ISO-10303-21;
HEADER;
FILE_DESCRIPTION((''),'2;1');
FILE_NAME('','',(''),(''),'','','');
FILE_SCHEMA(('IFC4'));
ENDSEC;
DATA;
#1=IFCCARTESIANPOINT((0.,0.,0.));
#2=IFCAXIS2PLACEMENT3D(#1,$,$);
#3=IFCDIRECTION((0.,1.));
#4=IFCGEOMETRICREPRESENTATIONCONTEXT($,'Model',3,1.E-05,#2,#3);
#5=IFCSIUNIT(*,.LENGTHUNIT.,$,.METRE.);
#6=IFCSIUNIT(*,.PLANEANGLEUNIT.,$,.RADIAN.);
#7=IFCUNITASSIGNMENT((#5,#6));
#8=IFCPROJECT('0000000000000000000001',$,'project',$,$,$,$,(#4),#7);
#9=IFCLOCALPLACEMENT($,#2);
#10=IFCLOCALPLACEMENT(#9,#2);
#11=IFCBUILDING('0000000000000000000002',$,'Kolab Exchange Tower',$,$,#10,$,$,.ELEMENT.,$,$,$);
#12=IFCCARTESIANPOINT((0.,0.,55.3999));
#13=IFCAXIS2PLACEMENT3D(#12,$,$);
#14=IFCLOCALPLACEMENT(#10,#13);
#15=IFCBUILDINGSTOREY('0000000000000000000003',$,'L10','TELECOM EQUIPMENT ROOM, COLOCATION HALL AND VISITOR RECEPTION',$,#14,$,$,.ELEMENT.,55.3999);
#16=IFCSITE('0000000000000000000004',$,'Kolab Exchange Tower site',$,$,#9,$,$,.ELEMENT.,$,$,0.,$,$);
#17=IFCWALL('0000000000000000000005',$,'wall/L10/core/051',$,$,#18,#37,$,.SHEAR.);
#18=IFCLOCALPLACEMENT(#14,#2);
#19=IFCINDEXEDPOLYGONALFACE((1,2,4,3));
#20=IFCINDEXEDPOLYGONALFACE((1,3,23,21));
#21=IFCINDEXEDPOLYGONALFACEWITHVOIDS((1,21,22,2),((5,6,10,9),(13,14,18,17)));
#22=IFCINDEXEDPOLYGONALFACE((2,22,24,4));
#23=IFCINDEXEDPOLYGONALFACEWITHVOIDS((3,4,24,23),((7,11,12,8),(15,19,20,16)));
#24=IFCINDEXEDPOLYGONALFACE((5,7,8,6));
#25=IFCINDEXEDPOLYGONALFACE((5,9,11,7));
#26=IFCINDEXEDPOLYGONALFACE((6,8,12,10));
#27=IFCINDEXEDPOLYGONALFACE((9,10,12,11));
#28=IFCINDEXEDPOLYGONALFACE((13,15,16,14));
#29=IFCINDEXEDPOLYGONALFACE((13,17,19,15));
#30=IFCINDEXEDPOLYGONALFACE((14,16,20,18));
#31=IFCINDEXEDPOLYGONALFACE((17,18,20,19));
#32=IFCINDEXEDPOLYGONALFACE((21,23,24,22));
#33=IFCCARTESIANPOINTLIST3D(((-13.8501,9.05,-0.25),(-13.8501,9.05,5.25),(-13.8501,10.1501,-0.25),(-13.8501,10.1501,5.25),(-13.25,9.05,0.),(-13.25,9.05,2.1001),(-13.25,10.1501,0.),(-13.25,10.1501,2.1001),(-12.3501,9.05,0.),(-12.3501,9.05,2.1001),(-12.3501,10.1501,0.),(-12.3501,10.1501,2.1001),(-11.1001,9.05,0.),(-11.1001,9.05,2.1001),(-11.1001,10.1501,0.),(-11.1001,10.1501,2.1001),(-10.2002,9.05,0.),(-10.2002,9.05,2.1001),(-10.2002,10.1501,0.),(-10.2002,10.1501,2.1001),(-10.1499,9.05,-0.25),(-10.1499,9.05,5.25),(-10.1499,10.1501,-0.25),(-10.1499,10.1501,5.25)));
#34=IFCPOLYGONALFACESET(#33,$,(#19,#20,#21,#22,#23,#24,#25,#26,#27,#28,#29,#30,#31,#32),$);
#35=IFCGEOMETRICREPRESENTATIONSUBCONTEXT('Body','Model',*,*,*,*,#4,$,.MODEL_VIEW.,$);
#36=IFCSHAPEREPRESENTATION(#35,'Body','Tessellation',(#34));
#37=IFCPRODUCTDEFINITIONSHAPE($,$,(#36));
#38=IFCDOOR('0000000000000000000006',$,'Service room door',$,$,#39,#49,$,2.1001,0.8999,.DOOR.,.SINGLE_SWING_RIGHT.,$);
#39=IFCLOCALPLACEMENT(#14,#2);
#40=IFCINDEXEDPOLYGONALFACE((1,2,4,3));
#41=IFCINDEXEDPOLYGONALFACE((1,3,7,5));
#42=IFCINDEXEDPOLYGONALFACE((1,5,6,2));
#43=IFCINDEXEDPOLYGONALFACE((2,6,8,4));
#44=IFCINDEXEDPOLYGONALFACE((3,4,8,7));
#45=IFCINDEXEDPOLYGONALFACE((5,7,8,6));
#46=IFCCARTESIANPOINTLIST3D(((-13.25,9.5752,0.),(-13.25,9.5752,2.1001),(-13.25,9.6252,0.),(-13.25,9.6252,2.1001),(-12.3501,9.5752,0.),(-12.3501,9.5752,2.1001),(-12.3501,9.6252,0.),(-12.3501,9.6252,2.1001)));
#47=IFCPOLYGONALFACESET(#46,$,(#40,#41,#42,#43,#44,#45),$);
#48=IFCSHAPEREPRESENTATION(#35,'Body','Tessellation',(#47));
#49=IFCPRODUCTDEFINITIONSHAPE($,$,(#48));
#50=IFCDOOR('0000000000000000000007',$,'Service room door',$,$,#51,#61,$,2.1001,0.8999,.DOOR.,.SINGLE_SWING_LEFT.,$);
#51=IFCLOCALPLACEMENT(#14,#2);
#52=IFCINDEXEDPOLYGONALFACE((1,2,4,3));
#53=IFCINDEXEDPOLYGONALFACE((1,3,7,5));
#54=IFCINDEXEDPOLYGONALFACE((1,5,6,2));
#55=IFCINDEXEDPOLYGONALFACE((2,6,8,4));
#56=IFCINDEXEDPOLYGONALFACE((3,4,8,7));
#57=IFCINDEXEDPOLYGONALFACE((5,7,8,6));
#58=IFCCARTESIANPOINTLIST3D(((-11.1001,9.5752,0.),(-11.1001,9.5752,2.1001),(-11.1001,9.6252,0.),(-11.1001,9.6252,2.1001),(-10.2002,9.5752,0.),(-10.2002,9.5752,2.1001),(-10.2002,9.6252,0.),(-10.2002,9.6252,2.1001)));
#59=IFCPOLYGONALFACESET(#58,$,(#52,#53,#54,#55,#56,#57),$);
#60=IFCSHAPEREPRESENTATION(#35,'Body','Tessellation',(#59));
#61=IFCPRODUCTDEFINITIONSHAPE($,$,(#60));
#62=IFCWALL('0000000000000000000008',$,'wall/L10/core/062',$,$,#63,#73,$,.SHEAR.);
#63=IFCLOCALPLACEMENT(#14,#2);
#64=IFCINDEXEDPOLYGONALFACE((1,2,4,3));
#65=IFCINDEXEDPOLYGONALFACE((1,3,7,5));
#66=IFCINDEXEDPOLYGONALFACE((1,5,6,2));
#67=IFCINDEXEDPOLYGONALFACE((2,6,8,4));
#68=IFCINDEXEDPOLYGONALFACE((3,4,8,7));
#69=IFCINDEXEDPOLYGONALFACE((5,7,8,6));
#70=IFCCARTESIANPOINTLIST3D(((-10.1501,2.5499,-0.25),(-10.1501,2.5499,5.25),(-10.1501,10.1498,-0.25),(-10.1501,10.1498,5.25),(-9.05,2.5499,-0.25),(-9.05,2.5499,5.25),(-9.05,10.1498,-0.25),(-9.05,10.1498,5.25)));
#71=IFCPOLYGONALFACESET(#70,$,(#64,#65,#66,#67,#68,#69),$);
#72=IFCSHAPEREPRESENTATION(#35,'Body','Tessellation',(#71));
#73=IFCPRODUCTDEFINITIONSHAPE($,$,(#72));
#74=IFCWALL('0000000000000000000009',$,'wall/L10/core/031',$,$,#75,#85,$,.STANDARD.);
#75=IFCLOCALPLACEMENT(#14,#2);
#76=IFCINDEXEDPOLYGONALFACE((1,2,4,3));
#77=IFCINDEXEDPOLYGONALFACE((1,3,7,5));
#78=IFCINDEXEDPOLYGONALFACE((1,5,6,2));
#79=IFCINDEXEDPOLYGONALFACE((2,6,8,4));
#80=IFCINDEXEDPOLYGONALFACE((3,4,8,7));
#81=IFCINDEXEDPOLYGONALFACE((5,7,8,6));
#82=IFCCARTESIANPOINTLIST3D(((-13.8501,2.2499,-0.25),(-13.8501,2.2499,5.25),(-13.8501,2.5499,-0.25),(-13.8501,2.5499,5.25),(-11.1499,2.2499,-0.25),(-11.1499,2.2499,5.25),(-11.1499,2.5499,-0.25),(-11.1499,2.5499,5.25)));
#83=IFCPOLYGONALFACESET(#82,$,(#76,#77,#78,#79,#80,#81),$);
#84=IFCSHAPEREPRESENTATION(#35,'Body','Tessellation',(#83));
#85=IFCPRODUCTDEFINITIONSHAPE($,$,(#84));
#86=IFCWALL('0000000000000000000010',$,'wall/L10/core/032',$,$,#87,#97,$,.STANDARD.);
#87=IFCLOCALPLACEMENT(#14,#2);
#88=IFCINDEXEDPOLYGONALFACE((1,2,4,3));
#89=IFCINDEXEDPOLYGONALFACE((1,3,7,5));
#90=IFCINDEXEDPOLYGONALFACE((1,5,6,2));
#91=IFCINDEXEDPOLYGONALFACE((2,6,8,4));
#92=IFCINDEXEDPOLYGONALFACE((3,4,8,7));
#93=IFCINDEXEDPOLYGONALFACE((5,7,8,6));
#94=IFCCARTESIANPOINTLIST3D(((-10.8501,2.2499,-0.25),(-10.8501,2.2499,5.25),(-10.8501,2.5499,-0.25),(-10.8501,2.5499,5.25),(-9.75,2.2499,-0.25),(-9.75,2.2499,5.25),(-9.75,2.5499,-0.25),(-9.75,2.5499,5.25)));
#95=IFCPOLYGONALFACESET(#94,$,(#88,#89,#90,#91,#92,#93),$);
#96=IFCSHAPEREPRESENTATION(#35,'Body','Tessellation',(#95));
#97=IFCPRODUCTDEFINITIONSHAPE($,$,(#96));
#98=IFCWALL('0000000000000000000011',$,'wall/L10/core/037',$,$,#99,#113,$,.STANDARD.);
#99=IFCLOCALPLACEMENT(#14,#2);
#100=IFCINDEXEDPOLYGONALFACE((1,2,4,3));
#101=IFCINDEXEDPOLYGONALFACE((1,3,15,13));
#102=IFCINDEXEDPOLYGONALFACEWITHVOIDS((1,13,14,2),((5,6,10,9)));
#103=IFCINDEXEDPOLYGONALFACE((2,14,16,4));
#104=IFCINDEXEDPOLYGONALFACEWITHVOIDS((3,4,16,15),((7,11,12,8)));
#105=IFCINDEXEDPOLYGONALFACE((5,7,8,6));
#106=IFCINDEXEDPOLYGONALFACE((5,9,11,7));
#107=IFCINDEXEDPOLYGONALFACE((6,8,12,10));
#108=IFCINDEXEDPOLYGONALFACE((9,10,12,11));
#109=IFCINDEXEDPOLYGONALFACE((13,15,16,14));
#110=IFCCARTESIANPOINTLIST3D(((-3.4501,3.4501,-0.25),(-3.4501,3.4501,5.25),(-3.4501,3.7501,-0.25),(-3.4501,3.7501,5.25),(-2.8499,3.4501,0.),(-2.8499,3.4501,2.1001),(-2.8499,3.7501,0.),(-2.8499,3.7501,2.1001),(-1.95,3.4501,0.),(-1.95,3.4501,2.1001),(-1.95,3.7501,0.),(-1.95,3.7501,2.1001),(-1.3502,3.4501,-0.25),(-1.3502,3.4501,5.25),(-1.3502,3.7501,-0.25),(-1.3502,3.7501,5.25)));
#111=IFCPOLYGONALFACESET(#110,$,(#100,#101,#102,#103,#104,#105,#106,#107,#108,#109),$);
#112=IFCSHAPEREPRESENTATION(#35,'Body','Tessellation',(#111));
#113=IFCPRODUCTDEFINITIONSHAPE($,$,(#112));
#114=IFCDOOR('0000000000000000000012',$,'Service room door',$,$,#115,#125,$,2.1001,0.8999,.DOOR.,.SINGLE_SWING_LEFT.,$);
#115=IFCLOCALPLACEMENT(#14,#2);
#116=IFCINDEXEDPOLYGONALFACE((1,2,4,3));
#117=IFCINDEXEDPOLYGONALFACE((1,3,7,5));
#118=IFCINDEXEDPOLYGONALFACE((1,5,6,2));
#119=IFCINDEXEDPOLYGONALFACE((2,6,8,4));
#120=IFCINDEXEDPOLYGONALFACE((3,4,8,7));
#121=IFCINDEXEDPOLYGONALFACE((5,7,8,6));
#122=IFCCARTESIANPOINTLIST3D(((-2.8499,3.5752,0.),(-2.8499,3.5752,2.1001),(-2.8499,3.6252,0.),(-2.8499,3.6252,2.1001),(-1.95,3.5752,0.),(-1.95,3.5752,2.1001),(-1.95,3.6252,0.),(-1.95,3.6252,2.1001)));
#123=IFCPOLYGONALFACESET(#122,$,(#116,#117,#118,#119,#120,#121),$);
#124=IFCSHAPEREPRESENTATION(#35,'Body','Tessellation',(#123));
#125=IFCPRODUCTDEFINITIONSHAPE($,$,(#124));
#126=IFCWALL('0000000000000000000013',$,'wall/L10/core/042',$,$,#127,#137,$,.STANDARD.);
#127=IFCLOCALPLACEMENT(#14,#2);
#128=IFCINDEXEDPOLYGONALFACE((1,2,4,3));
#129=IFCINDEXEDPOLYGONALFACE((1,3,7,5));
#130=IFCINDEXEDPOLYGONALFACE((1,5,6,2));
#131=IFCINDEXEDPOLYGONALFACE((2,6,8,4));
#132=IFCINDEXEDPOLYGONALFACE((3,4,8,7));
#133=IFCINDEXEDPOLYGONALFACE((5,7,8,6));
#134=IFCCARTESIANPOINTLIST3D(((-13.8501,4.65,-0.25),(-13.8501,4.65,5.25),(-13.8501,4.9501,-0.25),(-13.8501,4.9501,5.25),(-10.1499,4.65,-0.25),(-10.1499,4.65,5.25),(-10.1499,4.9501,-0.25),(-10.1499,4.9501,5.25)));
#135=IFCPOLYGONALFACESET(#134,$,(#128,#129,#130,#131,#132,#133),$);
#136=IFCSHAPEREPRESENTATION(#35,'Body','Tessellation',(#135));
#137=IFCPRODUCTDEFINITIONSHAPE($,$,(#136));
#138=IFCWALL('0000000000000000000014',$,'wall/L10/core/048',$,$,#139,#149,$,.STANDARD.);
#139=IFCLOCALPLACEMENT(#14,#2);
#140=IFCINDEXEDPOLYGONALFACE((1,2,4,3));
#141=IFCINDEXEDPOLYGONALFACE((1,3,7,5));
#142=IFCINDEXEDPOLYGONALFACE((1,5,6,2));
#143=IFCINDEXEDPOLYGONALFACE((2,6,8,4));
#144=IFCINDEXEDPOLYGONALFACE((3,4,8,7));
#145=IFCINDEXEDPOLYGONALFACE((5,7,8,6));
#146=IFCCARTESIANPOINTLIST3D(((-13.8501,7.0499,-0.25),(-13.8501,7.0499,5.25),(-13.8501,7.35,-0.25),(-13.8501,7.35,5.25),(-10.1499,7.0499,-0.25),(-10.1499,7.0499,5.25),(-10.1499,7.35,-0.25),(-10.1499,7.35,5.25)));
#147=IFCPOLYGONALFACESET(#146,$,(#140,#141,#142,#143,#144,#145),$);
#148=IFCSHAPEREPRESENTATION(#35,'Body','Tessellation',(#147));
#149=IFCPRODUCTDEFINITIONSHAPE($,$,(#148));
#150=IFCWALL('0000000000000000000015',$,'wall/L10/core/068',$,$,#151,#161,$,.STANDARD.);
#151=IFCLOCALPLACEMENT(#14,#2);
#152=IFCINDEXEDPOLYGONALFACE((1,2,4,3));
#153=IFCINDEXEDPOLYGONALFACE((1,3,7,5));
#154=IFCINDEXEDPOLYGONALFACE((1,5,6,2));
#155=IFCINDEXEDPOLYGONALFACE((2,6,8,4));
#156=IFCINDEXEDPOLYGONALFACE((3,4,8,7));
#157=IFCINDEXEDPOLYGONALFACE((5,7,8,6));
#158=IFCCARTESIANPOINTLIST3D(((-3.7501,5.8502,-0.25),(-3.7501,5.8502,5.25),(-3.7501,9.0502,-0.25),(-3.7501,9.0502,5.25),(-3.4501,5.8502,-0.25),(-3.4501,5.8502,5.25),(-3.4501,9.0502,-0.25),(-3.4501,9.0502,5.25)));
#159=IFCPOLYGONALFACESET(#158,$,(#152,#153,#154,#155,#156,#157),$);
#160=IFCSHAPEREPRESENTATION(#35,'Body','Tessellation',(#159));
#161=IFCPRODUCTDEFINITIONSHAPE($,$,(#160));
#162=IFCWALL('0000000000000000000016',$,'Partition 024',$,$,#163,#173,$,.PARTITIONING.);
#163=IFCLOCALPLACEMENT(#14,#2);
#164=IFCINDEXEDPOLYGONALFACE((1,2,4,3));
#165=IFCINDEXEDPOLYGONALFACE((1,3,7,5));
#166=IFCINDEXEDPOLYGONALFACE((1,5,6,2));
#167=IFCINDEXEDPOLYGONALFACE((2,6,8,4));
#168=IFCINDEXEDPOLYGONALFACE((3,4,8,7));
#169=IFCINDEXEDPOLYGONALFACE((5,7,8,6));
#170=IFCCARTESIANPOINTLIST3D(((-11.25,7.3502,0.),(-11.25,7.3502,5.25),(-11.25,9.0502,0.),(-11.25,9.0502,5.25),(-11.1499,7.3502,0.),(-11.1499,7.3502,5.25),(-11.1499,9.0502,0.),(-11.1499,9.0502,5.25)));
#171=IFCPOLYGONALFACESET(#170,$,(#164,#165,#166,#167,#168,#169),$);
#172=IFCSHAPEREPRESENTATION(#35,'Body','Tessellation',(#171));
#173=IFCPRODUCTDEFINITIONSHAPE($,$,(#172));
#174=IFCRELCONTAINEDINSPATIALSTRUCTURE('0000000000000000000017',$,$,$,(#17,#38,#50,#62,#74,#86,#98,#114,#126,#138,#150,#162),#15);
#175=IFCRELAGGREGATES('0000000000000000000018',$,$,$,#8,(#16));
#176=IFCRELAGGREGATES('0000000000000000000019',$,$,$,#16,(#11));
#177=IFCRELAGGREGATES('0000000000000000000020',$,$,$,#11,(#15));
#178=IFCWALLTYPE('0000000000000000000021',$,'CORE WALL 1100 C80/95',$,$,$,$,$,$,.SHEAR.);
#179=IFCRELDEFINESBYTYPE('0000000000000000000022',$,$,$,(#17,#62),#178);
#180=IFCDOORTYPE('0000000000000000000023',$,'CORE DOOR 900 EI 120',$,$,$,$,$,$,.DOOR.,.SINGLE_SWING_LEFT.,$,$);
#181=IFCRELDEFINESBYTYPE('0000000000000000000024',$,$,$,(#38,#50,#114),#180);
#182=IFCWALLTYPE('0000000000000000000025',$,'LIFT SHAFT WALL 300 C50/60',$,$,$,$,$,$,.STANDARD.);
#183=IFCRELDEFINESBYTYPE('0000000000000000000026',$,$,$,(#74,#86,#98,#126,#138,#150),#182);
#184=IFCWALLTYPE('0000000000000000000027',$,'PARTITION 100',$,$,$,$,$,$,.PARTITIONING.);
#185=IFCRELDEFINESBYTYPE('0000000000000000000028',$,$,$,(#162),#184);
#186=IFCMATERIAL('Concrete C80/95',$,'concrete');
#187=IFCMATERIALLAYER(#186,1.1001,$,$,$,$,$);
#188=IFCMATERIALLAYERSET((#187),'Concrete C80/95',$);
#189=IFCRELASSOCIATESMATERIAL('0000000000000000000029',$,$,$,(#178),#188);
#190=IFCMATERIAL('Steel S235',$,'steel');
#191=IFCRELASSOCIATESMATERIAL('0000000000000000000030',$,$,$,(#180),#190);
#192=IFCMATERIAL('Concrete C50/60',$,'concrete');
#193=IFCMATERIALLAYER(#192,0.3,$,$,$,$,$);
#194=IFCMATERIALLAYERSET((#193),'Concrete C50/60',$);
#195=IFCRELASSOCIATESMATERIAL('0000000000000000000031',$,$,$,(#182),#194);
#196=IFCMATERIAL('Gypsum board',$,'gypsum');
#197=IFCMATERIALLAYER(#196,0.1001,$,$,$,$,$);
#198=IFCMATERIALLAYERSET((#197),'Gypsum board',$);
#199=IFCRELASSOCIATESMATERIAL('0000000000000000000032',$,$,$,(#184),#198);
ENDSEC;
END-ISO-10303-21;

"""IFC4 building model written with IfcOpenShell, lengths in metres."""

from ifc_helpers import new_model, si_unit, direction, frame, frame_2d, origin, place, context, subcontext, project, spatial, rectangle, extrude, material, layer, layer_set, type_object, element, fill, save


model = new_model("IFC4")

# Units and contexts
model_context = context("Model", 3, precision=1e-05, world=origin(), true_north=direction((0.0, 1.0)))
body_context = subcontext(model_context, "Body", "Model", "MODEL_VIEW")
ifc_project = project(units=[si_unit("LENGTHUNIT", "METRE"), si_unit("PLANEANGLEUNIT", "RADIAN")], contexts=[model_context])

# Site, building, storey
site_placement = place(None, origin())
site = spatial("IfcSite", under=ifc_project, at=site_placement, Name="Kolab Exchange Tower site", CompositionType="ELEMENT", RefElevation=0.0)
building_placement = place(site_placement, origin())
building = spatial("IfcBuilding", under=site, at=building_placement, Name="Kolab Exchange Tower", CompositionType="ELEMENT")
storey_placement = place(building_placement, frame((0.0, 0.0, 55.3999)))
storey = spatial("IfcBuildingStorey", under=building, at=storey_placement, Name="L10", Description="TELECOM EQUIPMENT ROOM, COLOCATION HALL AND VISITOR RECEPTION", CompositionType="ELEMENT", Elevation=55.3999)

# Wall, openings, doors
ifc_material_1 = material(Name="Concrete C80/95", Category="concrete")
ifc_layer_1 = layer(ifc_material_1, 1.1001)
ifc_layer_set_1 = layer_set([ifc_layer_1], Name="Concrete C80/95")
wall_type_1 = type_object("IfcWallType", Name="CORE WALL 1100 C80/95", PredefinedType="SHEAR", material=ifc_layer_set_1)
wall_1_placement = place(storey_placement, frame((-13.8501, 9.6001, -0.25), z_axis=(0.0, 0.0, 1.0), x_axis=(1.0, 0.0, 0.0)))
wall_1 = element("IfcWall", 1, at=wall_1_placement, inside=storey, type_object=wall_type_1, Name="wall/L10/core/051", PredefinedType="SHEAR", context=body_context, shape_type="SweptSolid", body=[
    extrude(rectangle(XDim=3.7002, YDim=1.1001, at=frame_2d((1.8501, 0.0))), origin(), (0.0, 0.0, 1.0), 5.5),
])
opening_1_placement = place(wall_1_placement, frame((0.6001, 0.0, 0.25)))
opening_1 = element("IfcOpeningElement", 2, at=opening_1_placement, cuts=wall_1, PredefinedType="OPENING", context=body_context, shape_type="SweptSolid", body=[
    extrude(rectangle(XDim=0.8999, YDim=2.1001, at=frame_2d((0.45, 1.05))), frame((0.0, 0.5601, 0.0), z_axis=(0.0, -1.0, 0.0), x_axis=(1.0, 0.0, 0.0)), (0.0, 0.0, 1.0), 1.1201),
])
opening_2_placement = place(wall_1_placement, frame((2.75, 0.0, 0.25)))
opening_2 = element("IfcOpeningElement", 3, at=opening_2_placement, cuts=wall_1, PredefinedType="OPENING", context=body_context, shape_type="SweptSolid", body=[
    extrude(rectangle(XDim=0.8999, YDim=2.1001, at=frame_2d((0.45, 1.05))), frame((0.0, 0.5601, 0.0), z_axis=(0.0, -1.0, 0.0), x_axis=(1.0, 0.0, 0.0)), (0.0, 0.0, 1.0), 1.1201),
])
ifc_material_2 = material(Name="Steel S235", Category="steel")
door_type_1 = type_object("IfcDoorType", Name="CORE DOOR 900 EI 120", OperationType="SINGLE_SWING_LEFT", PredefinedType="DOOR", material=ifc_material_2)
door_1_placement = place(opening_1_placement, frame((0.8999, 0.0, 0.0), z_axis=(0.0, 0.0, 1.0), x_axis=(-1.0, 0.0, 0.0)))
door_1 = element("IfcDoor", 4, at=door_1_placement, inside=storey, type_object=door_type_1, Name="Service room door", OperationType="SINGLE_SWING_RIGHT", OverallHeight=2.1001, OverallWidth=0.8999, PredefinedType="DOOR", context=body_context, shape_type="SweptSolid", body=[
    extrude(rectangle(XDim=0.8999, YDim=2.1001, at=frame_2d((0.45, 1.05))), frame((0.0, 0.0249, 0.0), z_axis=(0.0, -1.0, 0.0), x_axis=(1.0, 0.0, 0.0)), (0.0, 0.0, 1.0), 0.05),
])
fill(opening_1, door_1)
door_2_placement = place(opening_2_placement, frame((0.8999, 0.0, 0.0), z_axis=(0.0, 0.0, 1.0), x_axis=(-1.0, 0.0, 0.0)))
door_2 = element("IfcDoor", 5, at=door_2_placement, inside=storey, type_object=door_type_1, Name="Service room door", OperationType="SINGLE_SWING_LEFT", OverallHeight=2.1001, OverallWidth=0.8999, PredefinedType="DOOR", context=body_context, shape_type="SweptSolid", body=[
    extrude(rectangle(XDim=0.8999, YDim=2.1001, at=frame_2d((0.45, 1.05))), frame((0.0, 0.0249, 0.0), z_axis=(0.0, -1.0, 0.0), x_axis=(1.0, 0.0, 0.0)), (0.0, 0.0, 1.0), 0.05),
])
fill(opening_2, door_2)

# Walls
wall_2_placement = place(storey_placement, frame((-9.6001, 2.55, -0.25), z_axis=(0.0, 0.0, 1.0), x_axis=(0.0, 1.0, 0.0)))
element("IfcWall", 6, at=wall_2_placement, inside=storey, type_object=wall_type_1, Name="wall/L10/core/062", PredefinedType="SHEAR", context=body_context, shape_type="SweptSolid", body=[
    extrude(rectangle(XDim=7.5999, YDim=1.1001, at=frame_2d((3.7998, 0.0))), origin(), (0.0, 0.0, 1.0), 5.5),
])
ifc_material_3 = material(Name="Concrete C50/60", Category="concrete")
ifc_layer_2 = layer(ifc_material_3, 0.3)
ifc_layer_set_2 = layer_set([ifc_layer_2], Name="Concrete C50/60")
wall_type_2 = type_object("IfcWallType", Name="LIFT SHAFT WALL 300 C50/60", PredefinedType="STANDARD", material=ifc_layer_set_2)
wall_3_placement = place(storey_placement, frame((-13.8501, 2.3999, -0.25), z_axis=(0.0, 0.0, 1.0), x_axis=(1.0, 0.0, 0.0)))
element("IfcWall", 7, at=wall_3_placement, inside=storey, type_object=wall_type_2, Name="wall/L10/core/031", PredefinedType="STANDARD", context=body_context, shape_type="SweptSolid", body=[
    extrude(rectangle(XDim=2.7002, YDim=0.3, at=frame_2d((1.3501, 0.0))), origin(), (0.0, 0.0, 1.0), 5.5),
])
wall_4_placement = place(storey_placement, frame((-10.8501, 2.3999, -0.25), z_axis=(0.0, 0.0, 1.0), x_axis=(1.0, 0.0, 0.0)))
element("IfcWall", 8, at=wall_4_placement, inside=storey, type_object=wall_type_2, Name="wall/L10/core/032", PredefinedType="STANDARD", context=body_context, shape_type="SweptSolid", body=[
    extrude(rectangle(XDim=1.1001, YDim=0.3, at=frame_2d((0.55, 0.0))), origin(), (0.0, 0.0, 1.0), 5.5),
])

# Wall, opening, door
wall_5_placement = place(storey_placement, frame((-3.45, 3.6001, -0.25), z_axis=(0.0, 0.0, 1.0), x_axis=(1.0, 0.0, 0.0)))
wall_5 = element("IfcWall", 9, at=wall_5_placement, inside=storey, type_object=wall_type_2, Name="wall/L10/core/037", PredefinedType="STANDARD", context=body_context, shape_type="SweptSolid", body=[
    extrude(rectangle(XDim=2.0999, YDim=0.3, at=frame_2d((1.0498, 0.0))), origin(), (0.0, 0.0, 1.0), 5.5),
])
opening_3_placement = place(wall_5_placement, frame((0.6001, 0.0, 0.25)))
opening_3 = element("IfcOpeningElement", 10, at=opening_3_placement, cuts=wall_5, PredefinedType="OPENING", context=body_context, shape_type="SweptSolid", body=[
    extrude(rectangle(XDim=0.8999, YDim=2.1001, at=frame_2d((0.45, 1.05))), frame((0.0, 0.1602, 0.0), z_axis=(0.0, -1.0, 0.0), x_axis=(1.0, 0.0, 0.0)), (0.0, 0.0, 1.0), 0.3201),
])
door_3_placement = place(opening_3_placement, frame((0.8999, 0.0, 0.0), z_axis=(0.0, 0.0, 1.0), x_axis=(-1.0, 0.0, 0.0)))
door_3 = element("IfcDoor", 11, at=door_3_placement, inside=storey, type_object=door_type_1, Name="Service room door", OperationType="SINGLE_SWING_LEFT", OverallHeight=2.1001, OverallWidth=0.8999, PredefinedType="DOOR", context=body_context, shape_type="SweptSolid", body=[
    extrude(rectangle(XDim=0.8999, YDim=2.1001, at=frame_2d((0.45, 1.05))), frame((0.0, 0.0249, 0.0), z_axis=(0.0, -1.0, 0.0), x_axis=(1.0, 0.0, 0.0)), (0.0, 0.0, 1.0), 0.05),
])
fill(opening_3, door_3)

# Walls
for number, where, z_axis, x_axis, name in (
    (12, (-13.8501, 4.8, -0.25), (0.0, 0.0, 1.0), (1.0, 0.0, 0.0), "wall/L10/core/042"),
    (13, (-13.8501, 7.2, -0.25), (0.0, 0.0, 1.0), (1.0, 0.0, 0.0), "wall/L10/core/048"),
):
    element("IfcWall", number, at=place(storey_placement, frame(where, z_axis=z_axis, x_axis=x_axis)), inside=storey, type_object=wall_type_2, Name=name, PredefinedType="STANDARD", context=body_context, shape_type="SweptSolid", body=[
        extrude(rectangle(XDim=3.7002, YDim=0.3, at=frame_2d((1.8501, 0.0))), origin(), (0.0, 0.0, 1.0), 5.5),
    ])
wall_6_placement = place(storey_placement, frame((-3.6001, 5.8501, -0.25), z_axis=(0.0, 0.0, 1.0), x_axis=(0.0, 1.0, 0.0)))
element("IfcWall", 14, at=wall_6_placement, inside=storey, type_object=wall_type_2, Name="wall/L10/core/068", PredefinedType="STANDARD", context=body_context, shape_type="SweptSolid", body=[
    extrude(rectangle(XDim=3.2, YDim=0.3, at=frame_2d((1.6001, 0.0))), origin(), (0.0, 0.0, 1.0), 5.5),
])
ifc_material_4 = material(Name="Gypsum board", Category="gypsum")
ifc_layer_3 = layer(ifc_material_4, 0.1001)
ifc_layer_set_3 = layer_set([ifc_layer_3], Name="Gypsum board")
wall_type_3 = type_object("IfcWallType", Name="PARTITION 100", PredefinedType="PARTITIONING", material=ifc_layer_set_3)
wall_7_placement = place(storey_placement, frame((-11.2, 7.3501, 0.0), z_axis=(0.0, 0.0, 1.0), x_axis=(0.0, 1.0, 0.0)))
element("IfcWall", 15, at=wall_7_placement, inside=storey, type_object=wall_type_3, Name="Partition 024", PredefinedType="PARTITIONING", context=body_context, shape_type="SweptSolid", body=[
    extrude(rectangle(XDim=1.7, YDim=0.1001, at=frame_2d((0.8501, 0.0))), origin(), (0.0, 0.0, 1.0), 5.25),
])

save(model, "model.ifc")
